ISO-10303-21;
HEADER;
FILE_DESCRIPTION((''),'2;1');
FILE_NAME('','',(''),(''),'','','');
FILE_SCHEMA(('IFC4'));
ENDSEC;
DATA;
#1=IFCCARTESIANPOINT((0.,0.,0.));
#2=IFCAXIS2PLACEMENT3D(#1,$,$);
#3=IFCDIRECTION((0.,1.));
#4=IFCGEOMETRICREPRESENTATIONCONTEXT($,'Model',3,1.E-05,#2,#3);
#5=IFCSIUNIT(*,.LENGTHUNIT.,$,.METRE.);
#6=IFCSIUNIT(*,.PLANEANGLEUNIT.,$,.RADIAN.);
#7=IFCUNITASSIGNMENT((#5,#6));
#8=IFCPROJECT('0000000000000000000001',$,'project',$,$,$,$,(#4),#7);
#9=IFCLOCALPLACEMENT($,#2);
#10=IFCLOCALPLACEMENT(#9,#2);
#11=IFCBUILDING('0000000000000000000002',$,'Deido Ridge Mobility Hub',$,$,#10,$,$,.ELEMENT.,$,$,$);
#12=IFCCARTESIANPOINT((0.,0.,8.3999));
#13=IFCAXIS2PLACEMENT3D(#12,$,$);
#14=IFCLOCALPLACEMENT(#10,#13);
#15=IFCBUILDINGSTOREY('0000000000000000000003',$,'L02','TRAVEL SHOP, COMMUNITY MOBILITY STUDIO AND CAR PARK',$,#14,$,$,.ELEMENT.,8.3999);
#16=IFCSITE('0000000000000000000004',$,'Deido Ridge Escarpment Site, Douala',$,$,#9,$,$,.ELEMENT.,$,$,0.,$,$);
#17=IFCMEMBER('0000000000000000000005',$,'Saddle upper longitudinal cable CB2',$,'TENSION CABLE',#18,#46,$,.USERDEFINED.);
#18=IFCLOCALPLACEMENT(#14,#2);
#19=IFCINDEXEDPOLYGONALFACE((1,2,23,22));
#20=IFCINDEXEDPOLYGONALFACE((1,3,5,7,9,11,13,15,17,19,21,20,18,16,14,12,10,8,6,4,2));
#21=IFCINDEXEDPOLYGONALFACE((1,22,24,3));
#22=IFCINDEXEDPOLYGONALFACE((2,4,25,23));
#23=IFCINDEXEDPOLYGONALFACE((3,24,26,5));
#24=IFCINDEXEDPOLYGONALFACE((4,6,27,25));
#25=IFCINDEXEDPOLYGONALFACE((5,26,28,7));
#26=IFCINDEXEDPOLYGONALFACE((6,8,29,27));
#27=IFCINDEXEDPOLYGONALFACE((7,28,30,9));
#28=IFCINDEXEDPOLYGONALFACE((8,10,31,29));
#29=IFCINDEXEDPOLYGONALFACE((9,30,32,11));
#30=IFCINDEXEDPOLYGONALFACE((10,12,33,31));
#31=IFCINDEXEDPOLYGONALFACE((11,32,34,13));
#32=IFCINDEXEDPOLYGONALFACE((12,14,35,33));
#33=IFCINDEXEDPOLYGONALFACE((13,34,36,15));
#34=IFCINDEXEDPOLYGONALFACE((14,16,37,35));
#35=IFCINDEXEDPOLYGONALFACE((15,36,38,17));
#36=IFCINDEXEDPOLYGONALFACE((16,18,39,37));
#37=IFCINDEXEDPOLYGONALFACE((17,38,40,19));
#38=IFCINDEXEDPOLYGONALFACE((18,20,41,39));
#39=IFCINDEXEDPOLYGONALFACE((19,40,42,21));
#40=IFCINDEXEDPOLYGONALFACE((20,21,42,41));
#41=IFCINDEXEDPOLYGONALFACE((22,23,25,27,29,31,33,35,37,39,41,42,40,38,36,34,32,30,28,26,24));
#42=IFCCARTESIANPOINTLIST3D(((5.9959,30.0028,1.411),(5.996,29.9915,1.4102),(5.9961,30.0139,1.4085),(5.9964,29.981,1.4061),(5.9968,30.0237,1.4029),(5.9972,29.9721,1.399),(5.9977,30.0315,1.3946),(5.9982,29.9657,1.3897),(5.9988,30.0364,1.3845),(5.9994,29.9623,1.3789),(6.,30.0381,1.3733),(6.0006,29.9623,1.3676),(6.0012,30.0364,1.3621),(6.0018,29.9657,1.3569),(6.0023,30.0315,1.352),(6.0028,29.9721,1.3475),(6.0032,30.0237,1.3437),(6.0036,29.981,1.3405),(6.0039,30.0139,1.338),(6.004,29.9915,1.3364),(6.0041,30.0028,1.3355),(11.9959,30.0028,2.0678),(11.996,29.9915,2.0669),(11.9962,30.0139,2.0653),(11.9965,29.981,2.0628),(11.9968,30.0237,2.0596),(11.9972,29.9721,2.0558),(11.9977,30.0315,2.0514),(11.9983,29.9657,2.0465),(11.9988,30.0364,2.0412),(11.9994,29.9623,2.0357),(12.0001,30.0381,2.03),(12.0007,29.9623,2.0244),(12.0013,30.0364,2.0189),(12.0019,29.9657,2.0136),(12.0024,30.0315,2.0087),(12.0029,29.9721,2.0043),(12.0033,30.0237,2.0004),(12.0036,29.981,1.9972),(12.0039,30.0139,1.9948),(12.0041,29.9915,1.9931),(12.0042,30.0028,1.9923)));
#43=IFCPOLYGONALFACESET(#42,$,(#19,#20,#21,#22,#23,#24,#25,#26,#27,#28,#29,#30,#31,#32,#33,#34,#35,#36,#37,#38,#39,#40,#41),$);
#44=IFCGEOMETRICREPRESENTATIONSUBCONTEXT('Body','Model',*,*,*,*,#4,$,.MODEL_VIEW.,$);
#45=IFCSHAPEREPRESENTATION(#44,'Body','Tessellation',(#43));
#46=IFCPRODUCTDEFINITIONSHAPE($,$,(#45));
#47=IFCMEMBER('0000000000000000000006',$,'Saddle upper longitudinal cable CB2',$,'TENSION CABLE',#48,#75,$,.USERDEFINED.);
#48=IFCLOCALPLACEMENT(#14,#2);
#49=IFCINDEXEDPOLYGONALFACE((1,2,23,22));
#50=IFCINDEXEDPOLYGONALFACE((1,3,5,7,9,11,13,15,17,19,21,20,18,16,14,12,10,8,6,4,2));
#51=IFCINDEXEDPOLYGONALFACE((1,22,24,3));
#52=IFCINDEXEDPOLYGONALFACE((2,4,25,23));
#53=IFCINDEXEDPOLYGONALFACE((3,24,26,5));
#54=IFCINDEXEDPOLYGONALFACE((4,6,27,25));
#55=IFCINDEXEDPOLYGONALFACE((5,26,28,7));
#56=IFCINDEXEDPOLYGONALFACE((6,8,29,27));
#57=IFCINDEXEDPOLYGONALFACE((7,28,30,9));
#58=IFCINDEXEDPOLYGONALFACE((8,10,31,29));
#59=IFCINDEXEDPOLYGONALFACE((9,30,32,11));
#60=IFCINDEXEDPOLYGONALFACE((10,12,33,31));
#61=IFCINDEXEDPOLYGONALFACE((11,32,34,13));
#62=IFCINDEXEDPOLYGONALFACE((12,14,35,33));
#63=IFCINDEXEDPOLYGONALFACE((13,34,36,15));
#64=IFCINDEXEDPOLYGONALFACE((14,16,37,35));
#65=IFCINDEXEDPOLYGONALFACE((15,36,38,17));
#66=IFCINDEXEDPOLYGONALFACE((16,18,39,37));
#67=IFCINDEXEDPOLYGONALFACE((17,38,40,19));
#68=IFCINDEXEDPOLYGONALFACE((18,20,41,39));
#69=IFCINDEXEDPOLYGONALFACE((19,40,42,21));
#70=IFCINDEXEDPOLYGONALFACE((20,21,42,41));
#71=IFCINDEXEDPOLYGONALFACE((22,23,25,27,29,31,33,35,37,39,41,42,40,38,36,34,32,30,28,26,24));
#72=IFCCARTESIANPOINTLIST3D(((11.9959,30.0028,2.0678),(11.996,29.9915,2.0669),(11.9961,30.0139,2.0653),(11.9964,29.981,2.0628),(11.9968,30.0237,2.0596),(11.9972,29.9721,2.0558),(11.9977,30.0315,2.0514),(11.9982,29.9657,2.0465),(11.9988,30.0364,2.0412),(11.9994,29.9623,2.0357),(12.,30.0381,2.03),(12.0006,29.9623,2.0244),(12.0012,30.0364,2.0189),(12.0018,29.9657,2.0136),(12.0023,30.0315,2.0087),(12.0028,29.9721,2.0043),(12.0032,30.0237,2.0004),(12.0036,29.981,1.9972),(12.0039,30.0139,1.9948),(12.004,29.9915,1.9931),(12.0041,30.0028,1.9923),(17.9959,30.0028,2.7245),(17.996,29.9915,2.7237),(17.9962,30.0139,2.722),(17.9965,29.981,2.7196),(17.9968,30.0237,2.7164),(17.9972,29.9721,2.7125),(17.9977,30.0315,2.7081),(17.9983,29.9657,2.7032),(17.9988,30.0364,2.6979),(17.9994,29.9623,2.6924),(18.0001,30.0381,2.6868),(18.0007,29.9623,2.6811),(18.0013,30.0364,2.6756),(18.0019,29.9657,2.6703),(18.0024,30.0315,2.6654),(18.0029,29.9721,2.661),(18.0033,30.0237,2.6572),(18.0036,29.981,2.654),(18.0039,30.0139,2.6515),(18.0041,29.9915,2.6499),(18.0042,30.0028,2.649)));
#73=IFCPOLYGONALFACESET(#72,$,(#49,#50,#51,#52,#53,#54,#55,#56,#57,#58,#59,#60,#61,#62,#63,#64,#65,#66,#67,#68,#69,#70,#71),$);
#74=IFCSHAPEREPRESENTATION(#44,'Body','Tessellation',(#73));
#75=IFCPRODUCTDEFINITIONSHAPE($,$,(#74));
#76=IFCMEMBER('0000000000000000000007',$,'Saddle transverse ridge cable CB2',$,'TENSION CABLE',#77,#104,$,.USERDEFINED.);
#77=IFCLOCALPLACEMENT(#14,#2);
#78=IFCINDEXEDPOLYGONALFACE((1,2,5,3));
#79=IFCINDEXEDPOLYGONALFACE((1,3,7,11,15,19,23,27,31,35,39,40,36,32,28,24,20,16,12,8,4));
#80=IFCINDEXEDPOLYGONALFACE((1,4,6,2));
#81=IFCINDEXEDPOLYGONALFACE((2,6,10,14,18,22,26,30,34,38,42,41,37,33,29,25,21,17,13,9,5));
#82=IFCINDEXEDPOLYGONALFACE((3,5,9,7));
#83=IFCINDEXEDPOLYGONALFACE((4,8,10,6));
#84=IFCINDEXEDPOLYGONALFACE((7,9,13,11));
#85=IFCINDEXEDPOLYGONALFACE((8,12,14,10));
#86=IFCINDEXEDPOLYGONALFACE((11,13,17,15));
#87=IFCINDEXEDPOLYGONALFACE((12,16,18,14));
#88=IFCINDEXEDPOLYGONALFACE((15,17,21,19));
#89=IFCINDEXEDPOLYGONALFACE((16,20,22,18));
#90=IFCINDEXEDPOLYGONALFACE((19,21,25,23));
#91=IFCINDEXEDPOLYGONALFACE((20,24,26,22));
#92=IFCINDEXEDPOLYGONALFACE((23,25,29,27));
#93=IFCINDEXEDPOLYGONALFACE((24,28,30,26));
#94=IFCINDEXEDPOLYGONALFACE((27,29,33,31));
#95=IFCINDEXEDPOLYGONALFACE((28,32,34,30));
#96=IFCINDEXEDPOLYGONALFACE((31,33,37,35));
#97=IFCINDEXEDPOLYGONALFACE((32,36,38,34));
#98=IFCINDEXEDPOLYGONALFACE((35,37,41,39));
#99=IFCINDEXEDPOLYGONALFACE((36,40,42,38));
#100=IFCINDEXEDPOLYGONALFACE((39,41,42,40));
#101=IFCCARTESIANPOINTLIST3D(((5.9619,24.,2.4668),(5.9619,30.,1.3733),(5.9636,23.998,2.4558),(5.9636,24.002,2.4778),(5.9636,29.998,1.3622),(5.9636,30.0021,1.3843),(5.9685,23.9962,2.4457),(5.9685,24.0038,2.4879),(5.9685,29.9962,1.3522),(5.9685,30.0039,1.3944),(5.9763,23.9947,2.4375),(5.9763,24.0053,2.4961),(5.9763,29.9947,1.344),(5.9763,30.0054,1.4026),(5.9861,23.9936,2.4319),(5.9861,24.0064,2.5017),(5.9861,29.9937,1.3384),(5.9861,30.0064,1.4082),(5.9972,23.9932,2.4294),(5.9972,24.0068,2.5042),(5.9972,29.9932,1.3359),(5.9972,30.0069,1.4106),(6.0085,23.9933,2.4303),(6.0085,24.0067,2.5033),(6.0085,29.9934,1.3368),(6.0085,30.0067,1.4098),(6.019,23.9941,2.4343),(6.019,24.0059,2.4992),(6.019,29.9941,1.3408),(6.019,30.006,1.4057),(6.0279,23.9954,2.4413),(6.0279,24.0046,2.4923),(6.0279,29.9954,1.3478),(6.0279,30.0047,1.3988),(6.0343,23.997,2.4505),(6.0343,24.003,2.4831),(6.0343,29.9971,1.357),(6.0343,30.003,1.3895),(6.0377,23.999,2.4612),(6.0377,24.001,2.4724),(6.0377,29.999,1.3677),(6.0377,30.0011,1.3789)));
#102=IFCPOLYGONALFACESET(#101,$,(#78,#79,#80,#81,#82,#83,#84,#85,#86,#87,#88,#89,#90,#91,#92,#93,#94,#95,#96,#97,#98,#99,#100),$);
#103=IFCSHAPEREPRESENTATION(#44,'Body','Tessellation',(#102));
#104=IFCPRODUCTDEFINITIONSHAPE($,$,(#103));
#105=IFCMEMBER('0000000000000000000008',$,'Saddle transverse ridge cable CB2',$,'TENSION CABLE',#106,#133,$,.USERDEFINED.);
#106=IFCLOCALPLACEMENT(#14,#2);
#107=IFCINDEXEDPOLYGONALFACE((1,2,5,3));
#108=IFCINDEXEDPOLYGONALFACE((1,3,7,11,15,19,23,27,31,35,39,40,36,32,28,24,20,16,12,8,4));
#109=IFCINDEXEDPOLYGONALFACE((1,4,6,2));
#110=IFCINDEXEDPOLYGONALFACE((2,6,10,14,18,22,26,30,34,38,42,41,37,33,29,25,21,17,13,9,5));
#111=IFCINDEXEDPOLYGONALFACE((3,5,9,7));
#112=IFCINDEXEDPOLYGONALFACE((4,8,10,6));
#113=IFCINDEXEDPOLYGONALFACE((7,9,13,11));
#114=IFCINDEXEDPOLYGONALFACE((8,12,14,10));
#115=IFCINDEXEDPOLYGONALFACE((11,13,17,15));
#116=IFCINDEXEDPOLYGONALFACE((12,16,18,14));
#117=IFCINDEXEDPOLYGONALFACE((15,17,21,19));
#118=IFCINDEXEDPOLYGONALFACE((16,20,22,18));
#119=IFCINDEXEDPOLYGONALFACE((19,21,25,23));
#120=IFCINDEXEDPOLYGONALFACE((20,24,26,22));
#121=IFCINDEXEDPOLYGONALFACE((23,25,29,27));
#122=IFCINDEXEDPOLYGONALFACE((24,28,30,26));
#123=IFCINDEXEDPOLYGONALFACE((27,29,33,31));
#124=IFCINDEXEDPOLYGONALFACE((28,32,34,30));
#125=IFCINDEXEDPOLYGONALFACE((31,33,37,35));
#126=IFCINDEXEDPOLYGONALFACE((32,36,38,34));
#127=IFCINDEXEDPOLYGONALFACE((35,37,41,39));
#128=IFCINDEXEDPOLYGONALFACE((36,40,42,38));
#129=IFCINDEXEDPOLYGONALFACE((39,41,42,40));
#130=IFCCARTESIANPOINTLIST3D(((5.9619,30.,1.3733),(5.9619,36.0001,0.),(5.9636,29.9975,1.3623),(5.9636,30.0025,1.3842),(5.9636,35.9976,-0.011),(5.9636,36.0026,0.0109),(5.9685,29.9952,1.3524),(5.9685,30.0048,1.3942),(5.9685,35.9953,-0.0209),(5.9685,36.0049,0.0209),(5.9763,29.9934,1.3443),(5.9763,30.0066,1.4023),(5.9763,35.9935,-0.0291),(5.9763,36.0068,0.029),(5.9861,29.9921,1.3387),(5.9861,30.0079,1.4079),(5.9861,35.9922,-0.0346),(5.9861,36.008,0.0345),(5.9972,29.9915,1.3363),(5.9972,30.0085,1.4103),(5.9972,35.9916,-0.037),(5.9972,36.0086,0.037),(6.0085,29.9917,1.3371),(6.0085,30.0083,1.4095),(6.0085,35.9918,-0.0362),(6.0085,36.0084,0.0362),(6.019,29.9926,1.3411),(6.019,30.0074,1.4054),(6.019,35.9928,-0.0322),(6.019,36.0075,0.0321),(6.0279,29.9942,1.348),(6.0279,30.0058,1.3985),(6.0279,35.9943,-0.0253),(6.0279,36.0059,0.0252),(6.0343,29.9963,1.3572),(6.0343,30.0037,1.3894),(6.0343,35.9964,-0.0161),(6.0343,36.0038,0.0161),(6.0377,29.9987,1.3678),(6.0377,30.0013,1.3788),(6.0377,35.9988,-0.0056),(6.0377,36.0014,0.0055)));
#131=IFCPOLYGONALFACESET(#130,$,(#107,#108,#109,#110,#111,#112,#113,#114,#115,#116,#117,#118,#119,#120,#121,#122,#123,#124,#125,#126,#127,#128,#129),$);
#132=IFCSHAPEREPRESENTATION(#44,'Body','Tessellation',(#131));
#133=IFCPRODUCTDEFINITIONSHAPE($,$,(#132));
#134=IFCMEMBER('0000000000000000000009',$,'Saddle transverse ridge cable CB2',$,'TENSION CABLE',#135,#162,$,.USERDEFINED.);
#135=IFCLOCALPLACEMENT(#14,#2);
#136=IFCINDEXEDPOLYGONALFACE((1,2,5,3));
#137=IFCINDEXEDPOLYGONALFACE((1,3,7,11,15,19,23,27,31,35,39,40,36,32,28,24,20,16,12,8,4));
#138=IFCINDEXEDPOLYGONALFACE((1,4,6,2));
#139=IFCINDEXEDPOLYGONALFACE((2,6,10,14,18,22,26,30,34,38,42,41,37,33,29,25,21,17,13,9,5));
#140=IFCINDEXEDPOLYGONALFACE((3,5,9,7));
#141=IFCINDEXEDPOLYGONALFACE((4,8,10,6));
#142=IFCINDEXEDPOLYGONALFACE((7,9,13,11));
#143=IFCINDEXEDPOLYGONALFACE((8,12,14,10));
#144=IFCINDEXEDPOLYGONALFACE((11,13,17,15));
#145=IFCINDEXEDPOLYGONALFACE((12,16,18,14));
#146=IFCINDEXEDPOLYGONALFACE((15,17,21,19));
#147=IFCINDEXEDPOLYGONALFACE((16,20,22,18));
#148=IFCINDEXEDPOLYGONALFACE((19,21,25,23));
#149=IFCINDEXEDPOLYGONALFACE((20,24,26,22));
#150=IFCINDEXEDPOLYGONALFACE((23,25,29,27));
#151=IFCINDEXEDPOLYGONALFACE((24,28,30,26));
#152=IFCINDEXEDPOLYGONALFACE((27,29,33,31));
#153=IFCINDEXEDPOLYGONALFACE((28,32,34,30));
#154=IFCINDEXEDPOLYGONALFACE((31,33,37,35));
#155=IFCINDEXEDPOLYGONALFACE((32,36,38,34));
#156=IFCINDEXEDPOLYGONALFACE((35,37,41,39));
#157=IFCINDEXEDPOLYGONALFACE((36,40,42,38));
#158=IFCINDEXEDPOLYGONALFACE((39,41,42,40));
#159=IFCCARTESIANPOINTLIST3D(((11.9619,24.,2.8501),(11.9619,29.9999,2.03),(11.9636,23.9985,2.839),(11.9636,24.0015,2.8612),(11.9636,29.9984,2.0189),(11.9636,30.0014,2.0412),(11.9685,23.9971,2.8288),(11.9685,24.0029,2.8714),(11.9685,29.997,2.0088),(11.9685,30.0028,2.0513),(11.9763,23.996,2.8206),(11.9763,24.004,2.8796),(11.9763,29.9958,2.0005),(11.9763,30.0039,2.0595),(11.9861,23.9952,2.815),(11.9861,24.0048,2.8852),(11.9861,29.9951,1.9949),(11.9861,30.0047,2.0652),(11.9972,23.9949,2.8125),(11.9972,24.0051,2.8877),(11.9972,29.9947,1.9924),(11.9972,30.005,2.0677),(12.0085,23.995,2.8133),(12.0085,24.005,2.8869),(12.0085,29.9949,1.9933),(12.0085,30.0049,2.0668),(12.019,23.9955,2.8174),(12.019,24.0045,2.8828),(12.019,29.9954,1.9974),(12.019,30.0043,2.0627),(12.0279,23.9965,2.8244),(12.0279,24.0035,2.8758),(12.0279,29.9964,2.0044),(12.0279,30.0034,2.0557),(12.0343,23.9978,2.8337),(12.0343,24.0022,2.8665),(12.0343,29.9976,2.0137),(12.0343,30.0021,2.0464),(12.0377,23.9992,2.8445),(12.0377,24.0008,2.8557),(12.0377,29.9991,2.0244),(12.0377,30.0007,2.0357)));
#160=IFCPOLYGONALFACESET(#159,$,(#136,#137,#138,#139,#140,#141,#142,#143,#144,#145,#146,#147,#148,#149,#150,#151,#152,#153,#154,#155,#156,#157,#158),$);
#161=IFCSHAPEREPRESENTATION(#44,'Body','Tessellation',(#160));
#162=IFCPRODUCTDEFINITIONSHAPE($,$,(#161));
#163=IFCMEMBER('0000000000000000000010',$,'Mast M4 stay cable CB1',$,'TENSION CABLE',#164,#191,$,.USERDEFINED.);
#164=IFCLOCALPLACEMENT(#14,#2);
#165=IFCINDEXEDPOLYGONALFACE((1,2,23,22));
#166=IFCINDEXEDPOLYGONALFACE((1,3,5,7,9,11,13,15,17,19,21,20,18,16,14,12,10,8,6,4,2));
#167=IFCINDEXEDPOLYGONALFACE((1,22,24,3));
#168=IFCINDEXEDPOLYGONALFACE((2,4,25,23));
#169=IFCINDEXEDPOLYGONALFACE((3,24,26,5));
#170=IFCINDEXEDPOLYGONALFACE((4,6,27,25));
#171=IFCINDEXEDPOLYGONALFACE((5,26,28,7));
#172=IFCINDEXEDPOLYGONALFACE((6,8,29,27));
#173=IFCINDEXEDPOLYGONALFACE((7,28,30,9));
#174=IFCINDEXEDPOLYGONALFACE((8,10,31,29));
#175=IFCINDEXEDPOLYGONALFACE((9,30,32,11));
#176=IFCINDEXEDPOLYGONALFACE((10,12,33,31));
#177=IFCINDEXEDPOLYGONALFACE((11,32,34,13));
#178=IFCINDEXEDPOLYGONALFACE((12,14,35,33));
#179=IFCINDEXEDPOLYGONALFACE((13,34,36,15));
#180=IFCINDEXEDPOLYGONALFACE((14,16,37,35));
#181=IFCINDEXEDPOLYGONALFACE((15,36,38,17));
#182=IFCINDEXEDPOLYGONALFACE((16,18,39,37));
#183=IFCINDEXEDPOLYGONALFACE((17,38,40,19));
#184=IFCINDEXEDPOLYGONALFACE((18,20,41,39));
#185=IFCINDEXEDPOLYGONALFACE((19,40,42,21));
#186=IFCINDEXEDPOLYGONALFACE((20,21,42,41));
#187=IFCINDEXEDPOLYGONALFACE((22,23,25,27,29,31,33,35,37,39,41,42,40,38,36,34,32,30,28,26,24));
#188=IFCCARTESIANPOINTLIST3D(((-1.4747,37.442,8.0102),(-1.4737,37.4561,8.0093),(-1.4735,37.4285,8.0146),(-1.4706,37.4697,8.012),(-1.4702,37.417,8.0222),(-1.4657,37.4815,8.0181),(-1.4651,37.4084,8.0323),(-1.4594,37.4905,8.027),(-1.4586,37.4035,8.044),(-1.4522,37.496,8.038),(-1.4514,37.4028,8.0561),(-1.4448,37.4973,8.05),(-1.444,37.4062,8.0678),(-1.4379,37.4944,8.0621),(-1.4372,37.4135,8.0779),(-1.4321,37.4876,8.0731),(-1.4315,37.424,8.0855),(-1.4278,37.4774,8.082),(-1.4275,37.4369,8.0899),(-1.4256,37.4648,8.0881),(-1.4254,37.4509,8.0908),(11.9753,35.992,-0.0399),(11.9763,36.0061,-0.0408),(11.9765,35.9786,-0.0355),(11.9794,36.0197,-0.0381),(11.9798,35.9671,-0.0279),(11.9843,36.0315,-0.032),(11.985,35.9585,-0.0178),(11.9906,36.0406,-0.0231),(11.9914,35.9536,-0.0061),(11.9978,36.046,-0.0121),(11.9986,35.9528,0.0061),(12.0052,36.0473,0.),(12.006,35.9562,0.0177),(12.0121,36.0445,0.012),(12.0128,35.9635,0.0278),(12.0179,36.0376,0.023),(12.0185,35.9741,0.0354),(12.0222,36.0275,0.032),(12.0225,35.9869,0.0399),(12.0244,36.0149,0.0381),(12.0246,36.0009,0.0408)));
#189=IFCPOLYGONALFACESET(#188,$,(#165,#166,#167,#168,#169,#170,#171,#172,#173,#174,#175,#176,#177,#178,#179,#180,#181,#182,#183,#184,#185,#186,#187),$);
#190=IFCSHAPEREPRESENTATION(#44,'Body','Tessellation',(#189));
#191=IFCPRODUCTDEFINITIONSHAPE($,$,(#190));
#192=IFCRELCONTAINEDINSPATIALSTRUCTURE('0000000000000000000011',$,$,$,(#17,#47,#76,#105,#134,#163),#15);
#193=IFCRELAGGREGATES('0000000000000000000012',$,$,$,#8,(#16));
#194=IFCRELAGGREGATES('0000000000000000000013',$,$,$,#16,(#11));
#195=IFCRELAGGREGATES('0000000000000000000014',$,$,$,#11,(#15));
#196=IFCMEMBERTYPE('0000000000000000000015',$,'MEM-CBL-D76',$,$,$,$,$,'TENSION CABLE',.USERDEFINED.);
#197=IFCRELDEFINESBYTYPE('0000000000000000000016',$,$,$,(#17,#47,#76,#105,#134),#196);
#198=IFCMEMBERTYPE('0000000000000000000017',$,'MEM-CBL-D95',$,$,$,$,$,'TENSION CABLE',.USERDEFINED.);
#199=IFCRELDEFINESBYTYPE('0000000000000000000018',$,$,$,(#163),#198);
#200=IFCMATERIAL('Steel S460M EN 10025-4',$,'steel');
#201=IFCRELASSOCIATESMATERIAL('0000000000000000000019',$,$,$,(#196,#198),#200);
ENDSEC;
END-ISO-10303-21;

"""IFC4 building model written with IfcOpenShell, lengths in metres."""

from ifc_helpers import new_model, si_unit, direction, frame, origin, origin_2d, place, context, subcontext, project, spatial, circle, extrude, material, material_profile, profile_set, type_object, element, save


model = new_model("IFC4")

# Units and contexts
model_context = context("Model", 3, precision=1e-05, world=origin(), true_north=direction((0.0, 1.0)))
body_context = subcontext(model_context, "Body", "Model", "MODEL_VIEW")
ifc_project = project(units=[si_unit("LENGTHUNIT", "METRE"), si_unit("PLANEANGLEUNIT", "RADIAN")], contexts=[model_context])

# Site, building, storey
site_placement = place(None, origin())
site = spatial("IfcSite", under=ifc_project, at=site_placement, Name="Deido Ridge Escarpment Site, Douala", CompositionType="ELEMENT", RefElevation=0.0)
building_placement = place(site_placement, origin())
building = spatial("IfcBuilding", under=site, at=building_placement, Name="Deido Ridge Mobility Hub", CompositionType="ELEMENT")
storey_placement = place(building_placement, frame((0.0, 0.0, 8.3999)))
storey = spatial("IfcBuildingStorey", under=building, at=storey_placement, Name="L02", Description="TRAVEL SHOP, COMMUNITY MOBILITY STUDIO AND CAR PARK", CompositionType="ELEMENT", Elevation=8.3999)

# Members
ifc_material_1 = material(Name="Steel S460M EN 10025-4", Category="steel")
ifc_material_profile_1 = material_profile(ifc_material_1, circle(Radius=0.0381, at=origin_2d()), Name="CABLE D76")
ifc_profile_set_1 = profile_set([ifc_material_profile_1], Name="Steel S460M EN 10025-4")
member_type_1 = type_object("IfcMemberType", Name="MEM-CBL-D76", ElementType="TENSION CABLE", PredefinedType="USERDEFINED", material=ifc_profile_set_1)
for number, where, z_axis, x_axis, name in (
    (1, (6.0, 30.0, 1.3733), (0.994063, 0.0, 0.108807), (0.0, 1.0, 0.0), "Saddle upper longitudinal cable CB2"),
    (2, (12.0, 30.0, 2.03), (0.994063, 0.0, 0.108807), (0.0, 1.0, 0.0), "Saddle upper longitudinal cable CB2"),
):
    element("IfcMember", number, at=place(storey_placement, frame(where, z_axis=z_axis, x_axis=x_axis)), inside=storey, type_object=member_type_1, Name=name, ObjectType="TENSION CABLE", PredefinedType="USERDEFINED", context=body_context, shape_type="SweptSolid", body=[
        extrude(circle(Radius=0.0381, at=origin_2d()), origin(), (0.0, 0.0, 1.0), 6.0359),
    ])
member_1_placement = place(storey_placement, frame((6.0, 24.0, 2.4668), z_axis=(0.0, 0.983795, -0.179298), x_axis=(-1.0, 0.0, 0.0)))
element("IfcMember", 3, at=member_1_placement, inside=storey, type_object=member_type_1, Name="Saddle transverse ridge cable CB2", ObjectType="TENSION CABLE", PredefinedType="USERDEFINED", context=body_context, shape_type="SweptSolid", body=[
    extrude(circle(Radius=0.0381, at=origin_2d()), origin(), (0.0, 0.0, 1.0), 6.0989),
])
member_2_placement = place(storey_placement, frame((6.0, 30.0, 1.3733), z_axis=(0.0, 0.974793, -0.223112), x_axis=(-1.0, 0.0, 0.0)))
element("IfcMember", 4, at=member_2_placement, inside=storey, type_object=member_type_1, Name="Saddle transverse ridge cable CB2", ObjectType="TENSION CABLE", PredefinedType="USERDEFINED", context=body_context, shape_type="SweptSolid", body=[
    extrude(circle(Radius=0.0381, at=origin_2d()), origin(), (0.0, 0.0, 1.0), 6.1553),
])
member_3_placement = place(storey_placement, frame((12.0, 24.0, 2.8501), z_axis=(0.0, 0.990788, -0.135419), x_axis=(-1.0, 0.0, 0.0)))
element("IfcMember", 5, at=member_3_placement, inside=storey, type_object=member_type_1, Name="Saddle transverse ridge cable CB2", ObjectType="TENSION CABLE", PredefinedType="USERDEFINED", context=body_context, shape_type="SweptSolid", body=[
    extrude(circle(Radius=0.0381, at=origin_2d()), origin(), (0.0, 0.0, 1.0), 6.0557),
])
ifc_material_profile_2 = material_profile(ifc_material_1, circle(Radius=0.0476, at=origin_2d()), Name="CABLE D95")
ifc_profile_set_2 = profile_set([ifc_material_profile_2], Name="Steel S460M EN 10025-4")
member_type_2 = type_object("IfcMemberType", Name="MEM-CBL-D95", ElementType="TENSION CABLE", PredefinedType="USERDEFINED", material=ifc_profile_set_2)
member_4_placement = place(storey_placement, frame((-1.45, 37.45, 8.05), z_axis=(0.854406, -0.092108, -0.511378), x_axis=(0.107182, 0.994239, 0.0)))
element("IfcMember", 6, at=member_4_placement, inside=storey, type_object=member_type_2, Name="Mast M4 stay cable CB1", ObjectType="TENSION CABLE", PredefinedType="USERDEFINED", context=body_context, shape_type="SweptSolid", body=[
    extrude(circle(Radius=0.0476, at=origin_2d()), origin(), (0.0, 0.0, 1.0), 15.7419),
])

save(model, "model.ifc")
